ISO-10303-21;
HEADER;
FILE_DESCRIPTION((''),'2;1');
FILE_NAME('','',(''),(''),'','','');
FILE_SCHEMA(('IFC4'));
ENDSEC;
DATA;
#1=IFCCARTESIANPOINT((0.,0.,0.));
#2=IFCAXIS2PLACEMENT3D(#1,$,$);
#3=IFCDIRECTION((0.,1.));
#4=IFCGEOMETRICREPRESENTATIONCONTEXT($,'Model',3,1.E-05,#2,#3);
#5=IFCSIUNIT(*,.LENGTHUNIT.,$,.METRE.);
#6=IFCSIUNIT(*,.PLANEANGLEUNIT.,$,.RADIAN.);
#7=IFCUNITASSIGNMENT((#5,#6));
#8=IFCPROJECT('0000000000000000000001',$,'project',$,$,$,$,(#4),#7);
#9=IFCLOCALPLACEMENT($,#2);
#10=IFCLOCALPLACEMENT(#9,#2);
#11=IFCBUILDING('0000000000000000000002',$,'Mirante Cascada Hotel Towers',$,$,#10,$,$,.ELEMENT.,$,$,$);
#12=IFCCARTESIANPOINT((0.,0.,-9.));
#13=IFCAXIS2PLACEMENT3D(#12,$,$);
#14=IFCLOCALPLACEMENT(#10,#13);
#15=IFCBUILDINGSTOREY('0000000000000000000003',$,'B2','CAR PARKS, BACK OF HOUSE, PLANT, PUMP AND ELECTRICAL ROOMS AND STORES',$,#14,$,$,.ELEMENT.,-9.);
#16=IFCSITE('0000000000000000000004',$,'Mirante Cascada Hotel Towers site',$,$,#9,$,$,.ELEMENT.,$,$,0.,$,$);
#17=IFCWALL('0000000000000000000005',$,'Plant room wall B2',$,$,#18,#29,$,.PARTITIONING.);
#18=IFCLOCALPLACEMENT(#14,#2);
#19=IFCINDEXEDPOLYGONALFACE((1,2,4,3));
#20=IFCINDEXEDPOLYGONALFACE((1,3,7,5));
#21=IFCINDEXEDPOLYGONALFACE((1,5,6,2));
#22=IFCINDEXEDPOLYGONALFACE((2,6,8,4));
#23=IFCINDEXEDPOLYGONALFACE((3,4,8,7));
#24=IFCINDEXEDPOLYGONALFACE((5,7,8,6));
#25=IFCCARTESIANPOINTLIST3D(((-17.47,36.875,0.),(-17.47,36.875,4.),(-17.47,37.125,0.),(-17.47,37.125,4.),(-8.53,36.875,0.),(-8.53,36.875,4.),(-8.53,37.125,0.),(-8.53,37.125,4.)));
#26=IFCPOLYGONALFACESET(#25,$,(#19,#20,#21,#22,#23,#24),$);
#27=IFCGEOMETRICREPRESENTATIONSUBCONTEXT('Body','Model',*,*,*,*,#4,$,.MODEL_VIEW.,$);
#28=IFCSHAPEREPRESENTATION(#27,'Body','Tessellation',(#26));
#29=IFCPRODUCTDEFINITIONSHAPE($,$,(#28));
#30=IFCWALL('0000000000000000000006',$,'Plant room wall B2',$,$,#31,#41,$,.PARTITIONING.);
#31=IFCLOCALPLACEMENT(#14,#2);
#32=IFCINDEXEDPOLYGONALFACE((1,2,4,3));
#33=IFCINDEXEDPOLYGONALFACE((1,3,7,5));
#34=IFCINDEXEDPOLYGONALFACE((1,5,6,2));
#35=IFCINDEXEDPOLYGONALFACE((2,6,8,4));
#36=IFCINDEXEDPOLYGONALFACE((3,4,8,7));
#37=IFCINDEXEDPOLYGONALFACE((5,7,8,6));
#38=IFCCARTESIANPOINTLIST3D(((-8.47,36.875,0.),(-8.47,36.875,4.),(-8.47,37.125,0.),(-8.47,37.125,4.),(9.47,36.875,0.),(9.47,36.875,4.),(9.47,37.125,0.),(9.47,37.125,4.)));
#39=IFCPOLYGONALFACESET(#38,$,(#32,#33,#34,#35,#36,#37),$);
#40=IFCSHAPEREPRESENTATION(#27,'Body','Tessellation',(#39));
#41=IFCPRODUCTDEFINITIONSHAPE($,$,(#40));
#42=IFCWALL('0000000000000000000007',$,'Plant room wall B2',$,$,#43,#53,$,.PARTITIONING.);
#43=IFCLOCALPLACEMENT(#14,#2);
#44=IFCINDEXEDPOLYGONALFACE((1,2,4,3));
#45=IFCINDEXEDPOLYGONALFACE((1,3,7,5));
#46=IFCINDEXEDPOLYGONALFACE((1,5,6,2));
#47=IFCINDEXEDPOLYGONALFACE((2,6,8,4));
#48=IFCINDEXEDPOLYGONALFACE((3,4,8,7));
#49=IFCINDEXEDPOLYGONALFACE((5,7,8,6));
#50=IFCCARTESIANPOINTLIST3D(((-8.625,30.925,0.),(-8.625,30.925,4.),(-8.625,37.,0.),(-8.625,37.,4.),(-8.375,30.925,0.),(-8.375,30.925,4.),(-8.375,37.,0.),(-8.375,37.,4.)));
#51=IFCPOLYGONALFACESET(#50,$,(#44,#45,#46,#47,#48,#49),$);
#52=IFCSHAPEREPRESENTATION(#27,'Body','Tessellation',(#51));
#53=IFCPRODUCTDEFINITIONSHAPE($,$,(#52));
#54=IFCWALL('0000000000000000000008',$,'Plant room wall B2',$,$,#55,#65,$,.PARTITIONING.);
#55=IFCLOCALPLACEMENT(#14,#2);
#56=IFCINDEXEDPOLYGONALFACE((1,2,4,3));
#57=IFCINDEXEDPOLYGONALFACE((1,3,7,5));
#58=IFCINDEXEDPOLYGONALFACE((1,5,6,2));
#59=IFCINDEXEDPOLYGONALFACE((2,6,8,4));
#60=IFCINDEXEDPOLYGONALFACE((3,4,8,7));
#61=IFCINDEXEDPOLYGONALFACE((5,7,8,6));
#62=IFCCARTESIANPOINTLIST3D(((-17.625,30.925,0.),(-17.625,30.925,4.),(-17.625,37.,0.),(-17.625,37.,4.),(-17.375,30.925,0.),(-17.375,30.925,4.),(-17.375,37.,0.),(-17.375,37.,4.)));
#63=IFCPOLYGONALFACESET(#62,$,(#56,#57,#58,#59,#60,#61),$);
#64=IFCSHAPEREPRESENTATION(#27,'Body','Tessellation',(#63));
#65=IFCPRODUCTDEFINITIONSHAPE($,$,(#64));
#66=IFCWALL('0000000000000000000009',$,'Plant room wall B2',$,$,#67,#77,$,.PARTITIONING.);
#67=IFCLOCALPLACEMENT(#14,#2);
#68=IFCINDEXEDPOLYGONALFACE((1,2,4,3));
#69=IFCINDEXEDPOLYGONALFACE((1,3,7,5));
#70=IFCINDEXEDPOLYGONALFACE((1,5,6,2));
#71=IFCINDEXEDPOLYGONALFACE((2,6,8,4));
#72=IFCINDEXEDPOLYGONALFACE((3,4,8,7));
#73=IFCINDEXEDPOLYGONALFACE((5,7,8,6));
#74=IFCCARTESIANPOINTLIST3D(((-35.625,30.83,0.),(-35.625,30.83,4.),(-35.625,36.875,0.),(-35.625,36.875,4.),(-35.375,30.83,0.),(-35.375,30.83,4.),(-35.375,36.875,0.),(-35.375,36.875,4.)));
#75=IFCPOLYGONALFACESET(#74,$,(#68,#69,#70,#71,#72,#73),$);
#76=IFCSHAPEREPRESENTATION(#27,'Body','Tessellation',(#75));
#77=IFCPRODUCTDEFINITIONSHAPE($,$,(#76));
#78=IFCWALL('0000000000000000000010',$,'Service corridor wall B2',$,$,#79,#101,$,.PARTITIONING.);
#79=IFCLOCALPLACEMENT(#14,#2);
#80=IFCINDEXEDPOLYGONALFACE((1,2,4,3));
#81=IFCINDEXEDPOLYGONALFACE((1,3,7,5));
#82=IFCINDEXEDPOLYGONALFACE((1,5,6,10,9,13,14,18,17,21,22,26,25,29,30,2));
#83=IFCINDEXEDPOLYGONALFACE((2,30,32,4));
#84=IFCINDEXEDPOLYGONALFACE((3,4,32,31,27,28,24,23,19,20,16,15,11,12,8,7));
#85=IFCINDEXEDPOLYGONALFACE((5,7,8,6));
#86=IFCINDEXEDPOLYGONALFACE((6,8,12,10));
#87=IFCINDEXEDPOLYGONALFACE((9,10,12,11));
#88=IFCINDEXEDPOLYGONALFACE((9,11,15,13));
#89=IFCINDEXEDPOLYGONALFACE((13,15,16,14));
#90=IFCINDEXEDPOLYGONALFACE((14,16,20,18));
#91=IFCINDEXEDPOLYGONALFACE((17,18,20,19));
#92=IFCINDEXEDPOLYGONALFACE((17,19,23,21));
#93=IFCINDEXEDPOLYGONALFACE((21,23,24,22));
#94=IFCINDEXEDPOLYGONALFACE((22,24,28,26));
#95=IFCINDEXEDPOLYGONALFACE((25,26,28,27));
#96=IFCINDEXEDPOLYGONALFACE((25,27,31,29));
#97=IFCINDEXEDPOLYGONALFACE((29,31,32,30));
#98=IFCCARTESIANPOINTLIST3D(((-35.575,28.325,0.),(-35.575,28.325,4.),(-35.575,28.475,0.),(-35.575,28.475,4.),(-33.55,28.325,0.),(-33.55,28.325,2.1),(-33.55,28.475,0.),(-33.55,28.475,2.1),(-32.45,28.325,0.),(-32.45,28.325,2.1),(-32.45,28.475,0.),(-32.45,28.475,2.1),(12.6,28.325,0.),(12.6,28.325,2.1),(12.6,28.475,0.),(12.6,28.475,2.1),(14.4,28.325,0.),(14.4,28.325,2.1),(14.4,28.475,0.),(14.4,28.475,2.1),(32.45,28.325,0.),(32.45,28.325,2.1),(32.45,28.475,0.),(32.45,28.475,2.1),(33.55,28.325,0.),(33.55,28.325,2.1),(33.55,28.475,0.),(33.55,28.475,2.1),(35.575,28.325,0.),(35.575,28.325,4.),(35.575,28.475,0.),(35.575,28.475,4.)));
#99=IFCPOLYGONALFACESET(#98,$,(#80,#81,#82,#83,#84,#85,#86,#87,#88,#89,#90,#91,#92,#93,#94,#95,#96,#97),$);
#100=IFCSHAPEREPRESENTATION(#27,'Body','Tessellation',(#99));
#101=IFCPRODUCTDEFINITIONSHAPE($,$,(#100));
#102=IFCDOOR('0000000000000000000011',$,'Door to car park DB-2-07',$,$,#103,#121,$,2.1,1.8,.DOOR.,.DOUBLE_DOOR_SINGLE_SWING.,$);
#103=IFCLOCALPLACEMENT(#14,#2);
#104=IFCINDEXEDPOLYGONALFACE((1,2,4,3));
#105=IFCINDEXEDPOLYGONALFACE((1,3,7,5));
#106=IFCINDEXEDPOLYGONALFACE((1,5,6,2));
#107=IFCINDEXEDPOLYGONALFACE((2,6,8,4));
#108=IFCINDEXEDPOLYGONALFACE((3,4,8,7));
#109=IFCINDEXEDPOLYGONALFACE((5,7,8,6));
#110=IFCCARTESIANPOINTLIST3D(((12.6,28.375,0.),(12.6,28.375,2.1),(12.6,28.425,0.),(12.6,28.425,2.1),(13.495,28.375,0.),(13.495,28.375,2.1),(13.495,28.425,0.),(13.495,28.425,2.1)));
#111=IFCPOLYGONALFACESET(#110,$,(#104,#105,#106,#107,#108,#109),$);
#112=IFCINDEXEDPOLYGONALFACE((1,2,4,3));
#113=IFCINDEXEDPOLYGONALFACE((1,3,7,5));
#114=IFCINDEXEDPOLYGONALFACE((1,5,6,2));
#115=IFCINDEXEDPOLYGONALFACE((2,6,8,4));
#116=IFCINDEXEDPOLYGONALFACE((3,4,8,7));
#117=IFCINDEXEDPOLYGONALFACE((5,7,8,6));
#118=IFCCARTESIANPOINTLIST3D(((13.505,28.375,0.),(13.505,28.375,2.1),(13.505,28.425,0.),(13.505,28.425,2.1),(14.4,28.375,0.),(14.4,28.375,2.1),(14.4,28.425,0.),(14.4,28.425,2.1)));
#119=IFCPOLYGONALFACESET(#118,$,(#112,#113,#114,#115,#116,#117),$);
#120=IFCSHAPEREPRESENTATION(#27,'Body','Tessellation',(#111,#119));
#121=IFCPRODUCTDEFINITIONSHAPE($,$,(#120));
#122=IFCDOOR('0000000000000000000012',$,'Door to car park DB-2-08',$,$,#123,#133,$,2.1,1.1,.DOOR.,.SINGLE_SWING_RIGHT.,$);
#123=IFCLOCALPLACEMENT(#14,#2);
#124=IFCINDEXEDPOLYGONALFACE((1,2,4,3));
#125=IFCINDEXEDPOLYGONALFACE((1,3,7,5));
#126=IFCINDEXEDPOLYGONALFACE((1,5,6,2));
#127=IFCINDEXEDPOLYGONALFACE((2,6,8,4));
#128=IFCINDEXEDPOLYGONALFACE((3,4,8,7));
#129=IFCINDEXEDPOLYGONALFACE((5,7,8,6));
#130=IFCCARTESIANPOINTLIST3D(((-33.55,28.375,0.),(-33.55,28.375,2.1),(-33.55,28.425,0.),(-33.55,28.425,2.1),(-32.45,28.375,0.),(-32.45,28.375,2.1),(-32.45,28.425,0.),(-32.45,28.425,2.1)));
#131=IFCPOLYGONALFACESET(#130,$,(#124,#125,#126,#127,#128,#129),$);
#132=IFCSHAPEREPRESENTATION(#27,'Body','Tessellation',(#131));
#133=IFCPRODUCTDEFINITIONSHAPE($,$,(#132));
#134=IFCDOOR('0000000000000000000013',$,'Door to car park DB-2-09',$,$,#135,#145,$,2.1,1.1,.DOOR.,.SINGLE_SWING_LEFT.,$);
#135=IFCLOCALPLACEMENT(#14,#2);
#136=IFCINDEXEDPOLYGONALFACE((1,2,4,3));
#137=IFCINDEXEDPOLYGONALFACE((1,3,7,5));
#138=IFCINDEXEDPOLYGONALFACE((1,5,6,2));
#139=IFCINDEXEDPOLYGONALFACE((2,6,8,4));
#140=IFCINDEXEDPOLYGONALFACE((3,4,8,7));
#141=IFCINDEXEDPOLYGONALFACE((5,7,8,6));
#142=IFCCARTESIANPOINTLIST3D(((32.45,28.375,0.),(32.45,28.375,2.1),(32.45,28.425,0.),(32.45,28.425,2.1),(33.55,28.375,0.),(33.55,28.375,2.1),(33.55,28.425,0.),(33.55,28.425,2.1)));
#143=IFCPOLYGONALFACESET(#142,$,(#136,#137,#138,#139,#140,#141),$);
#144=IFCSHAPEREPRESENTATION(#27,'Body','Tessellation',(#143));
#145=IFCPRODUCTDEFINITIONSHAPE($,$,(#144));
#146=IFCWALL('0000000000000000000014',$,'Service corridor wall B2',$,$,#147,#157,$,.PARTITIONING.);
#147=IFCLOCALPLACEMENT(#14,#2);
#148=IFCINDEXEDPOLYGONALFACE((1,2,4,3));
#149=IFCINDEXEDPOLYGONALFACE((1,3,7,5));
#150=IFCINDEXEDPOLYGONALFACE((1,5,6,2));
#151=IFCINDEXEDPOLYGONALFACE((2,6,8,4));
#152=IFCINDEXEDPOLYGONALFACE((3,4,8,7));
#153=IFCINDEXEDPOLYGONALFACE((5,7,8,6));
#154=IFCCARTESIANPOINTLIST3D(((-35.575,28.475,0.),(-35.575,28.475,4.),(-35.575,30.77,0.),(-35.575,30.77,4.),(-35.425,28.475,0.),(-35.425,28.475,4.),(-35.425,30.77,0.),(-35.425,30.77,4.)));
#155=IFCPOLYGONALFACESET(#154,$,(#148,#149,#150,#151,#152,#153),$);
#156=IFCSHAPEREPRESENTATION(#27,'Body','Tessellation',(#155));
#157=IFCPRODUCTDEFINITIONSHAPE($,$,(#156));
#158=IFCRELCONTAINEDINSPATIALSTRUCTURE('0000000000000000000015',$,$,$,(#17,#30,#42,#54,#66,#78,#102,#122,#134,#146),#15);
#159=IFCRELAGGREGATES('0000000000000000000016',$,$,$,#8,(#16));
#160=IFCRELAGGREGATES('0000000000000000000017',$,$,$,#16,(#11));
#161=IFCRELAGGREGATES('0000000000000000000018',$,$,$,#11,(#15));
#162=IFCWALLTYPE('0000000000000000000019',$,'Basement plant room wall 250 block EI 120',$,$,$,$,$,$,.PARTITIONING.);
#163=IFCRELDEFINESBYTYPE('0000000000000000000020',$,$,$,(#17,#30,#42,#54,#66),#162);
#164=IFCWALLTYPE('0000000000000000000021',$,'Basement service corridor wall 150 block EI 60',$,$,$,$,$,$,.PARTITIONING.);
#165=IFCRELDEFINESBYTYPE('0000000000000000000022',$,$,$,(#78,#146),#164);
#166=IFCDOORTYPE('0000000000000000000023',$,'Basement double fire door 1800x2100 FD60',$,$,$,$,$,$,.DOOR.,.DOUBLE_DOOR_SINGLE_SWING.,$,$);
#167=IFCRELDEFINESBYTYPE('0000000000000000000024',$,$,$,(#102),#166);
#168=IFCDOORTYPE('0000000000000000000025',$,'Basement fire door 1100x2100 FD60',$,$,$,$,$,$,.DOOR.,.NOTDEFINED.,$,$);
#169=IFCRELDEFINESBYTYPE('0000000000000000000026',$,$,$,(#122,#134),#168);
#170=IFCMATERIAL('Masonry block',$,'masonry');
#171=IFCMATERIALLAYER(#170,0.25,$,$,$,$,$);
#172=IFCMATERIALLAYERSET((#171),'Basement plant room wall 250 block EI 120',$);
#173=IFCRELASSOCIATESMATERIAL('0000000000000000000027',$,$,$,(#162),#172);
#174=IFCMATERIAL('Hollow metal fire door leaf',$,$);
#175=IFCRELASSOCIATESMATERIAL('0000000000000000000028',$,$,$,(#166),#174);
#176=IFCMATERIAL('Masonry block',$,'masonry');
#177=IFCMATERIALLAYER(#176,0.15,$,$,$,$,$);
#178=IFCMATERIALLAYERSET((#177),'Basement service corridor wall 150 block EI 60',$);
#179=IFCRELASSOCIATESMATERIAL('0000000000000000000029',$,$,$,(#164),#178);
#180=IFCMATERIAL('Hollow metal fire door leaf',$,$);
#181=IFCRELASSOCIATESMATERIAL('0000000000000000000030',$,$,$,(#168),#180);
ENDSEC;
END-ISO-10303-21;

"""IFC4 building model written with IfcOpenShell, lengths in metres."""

from ifc_helpers import new_model, si_unit, direction, frame, frame_2d, origin, place, context, subcontext, project, spatial, rectangle, extrude, material, layer, layer_set, type_object, element, fill, save


model = new_model("IFC4")

# Units and contexts
model_context = context("Model", 3, precision=1e-05, world=origin(), true_north=direction((0.0, 1.0)))
body_context = subcontext(model_context, "Body", "Model", "MODEL_VIEW")
ifc_project = project(units=[si_unit("LENGTHUNIT", "METRE"), si_unit("PLANEANGLEUNIT", "RADIAN")], contexts=[model_context])

# Site, building, storey
site_placement = place(None, origin())
site = spatial("IfcSite", under=ifc_project, at=site_placement, Name="Mirante Cascada Hotel Towers site", CompositionType="ELEMENT", RefElevation=0.0)
building_placement = place(site_placement, origin())
building = spatial("IfcBuilding", under=site, at=building_placement, Name="Mirante Cascada Hotel Towers", CompositionType="ELEMENT")
storey_placement = place(building_placement, frame((0.0, 0.0, -9.0)))
storey = spatial("IfcBuildingStorey", under=building, at=storey_placement, Name="B2", Description="CAR PARKS, BACK OF HOUSE, PLANT, PUMP AND ELECTRICAL ROOMS AND STORES", CompositionType="ELEMENT", Elevation=-9.0)

# Shared definitions
ifc_material_1 = material(Name="Masonry block", Category="masonry")
ifc_layer_1 = layer(ifc_material_1, 0.25)
ifc_layer_set_1 = layer_set([ifc_layer_1], Name="Basement plant room wall 250 block EI 120")
wall_type_1 = type_object("IfcWallType", Name="Basement plant room wall 250 block EI 120", PredefinedType="PARTITIONING", material=ifc_layer_set_1)
ifc_material_2 = material(Name="Hollow metal fire door leaf")
door_type_1 = type_object("IfcDoorType", Name="Basement double fire door 1800x2100 FD60", OperationType="DOUBLE_DOOR_SINGLE_SWING", PredefinedType="DOOR", material=ifc_material_2)

# Walls
wall_1_placement = place(storey_placement, frame((-17.47, 37.0, 0.0), z_axis=(0.0, 0.0, 1.0), x_axis=(1.0, 0.0, 0.0)))
element("IfcWall", 1, at=wall_1_placement, inside=storey, type_object=wall_type_1, Name="Plant room wall B2", PredefinedType="PARTITIONING", context=body_context, shape_type="SweptSolid", body=[
    extrude(rectangle(XDim=8.94, YDim=0.25, at=frame_2d((4.47, 0.0))), origin(), (0.0, 0.0, 1.0), 4.0),
])
wall_2_placement = place(storey_placement, frame((-8.47, 37.0, 0.0), z_axis=(0.0, 0.0, 1.0), x_axis=(1.0, 0.0, 0.0)))
element("IfcWall", 2, at=wall_2_placement, inside=storey, type_object=wall_type_1, Name="Plant room wall B2", PredefinedType="PARTITIONING", context=body_context, shape_type="SweptSolid", body=[
    extrude(rectangle(XDim=17.94, YDim=0.25, at=frame_2d((8.97, 0.0))), origin(), (0.0, 0.0, 1.0), 4.0),
])
for number, where, z_axis, x_axis, name in (
    (3, (-8.5, 30.925, 0.0), (0.0, 0.0, 1.0), (0.0, 1.0, 0.0), "Plant room wall B2"),
    (4, (-17.5, 30.925, 0.0), (0.0, 0.0, 1.0), (0.0, 1.0, 0.0), "Plant room wall B2"),
):
    element("IfcWall", number, at=place(storey_placement, frame(where, z_axis=z_axis, x_axis=x_axis)), inside=storey, type_object=wall_type_1, Name=name, PredefinedType="PARTITIONING", context=body_context, shape_type="SweptSolid", body=[
        extrude(rectangle(XDim=6.075, YDim=0.25, at=frame_2d((3.0375, 0.0))), origin(), (0.0, 0.0, 1.0), 4.0),
    ])
wall_3_placement = place(storey_placement, frame((-35.5, 30.83, 0.0), z_axis=(0.0, 0.0, 1.0), x_axis=(0.0, 1.0, 0.0)))
element("IfcWall", 5, at=wall_3_placement, inside=storey, type_object=wall_type_1, Name="Plant room wall B2", PredefinedType="PARTITIONING", context=body_context, shape_type="SweptSolid", body=[
    extrude(rectangle(XDim=6.045, YDim=0.25, at=frame_2d((3.0225, 0.0))), origin(), (0.0, 0.0, 1.0), 4.0),
])

# Wall, openings, doors
ifc_material_3 = material(Name="Masonry block", Category="masonry")
ifc_layer_2 = layer(ifc_material_3, 0.15)
ifc_layer_set_2 = layer_set([ifc_layer_2], Name="Basement service corridor wall 150 block EI 60")
wall_type_2 = type_object("IfcWallType", Name="Basement service corridor wall 150 block EI 60", PredefinedType="PARTITIONING", material=ifc_layer_set_2)
wall_4_placement = place(storey_placement, frame((-35.575, 28.4, 0.0), z_axis=(0.0, 0.0, 1.0), x_axis=(1.0, 0.0, 0.0)))
wall_4 = element("IfcWall", 6, at=wall_4_placement, inside=storey, type_object=wall_type_2, Name="Service corridor wall B2", PredefinedType="PARTITIONING", context=body_context, shape_type="SweptSolid", body=[
    extrude(rectangle(XDim=71.15, YDim=0.15, at=frame_2d((35.575, 0.0))), origin(), (0.0, 0.0, 1.0), 4.0),
])
opening_1_placement = place(wall_4_placement, frame((48.175, 0.0, 0.0)))
opening_1 = element("IfcOpeningElement", 7, at=opening_1_placement, cuts=wall_4, PredefinedType="OPENING", context=body_context, shape_type="SweptSolid", body=[
    extrude(rectangle(XDim=1.8, YDim=2.1, at=frame_2d((0.9, 1.05))), frame((0.0, 0.075, 0.0), z_axis=(0.0, -1.0, 0.0), x_axis=(1.0, 0.0, 0.0)), (0.0, 0.0, 1.0), 0.15),
])
opening_2_placement = place(wall_4_placement, frame((2.025, 0.0, 0.0)))
opening_2 = element("IfcOpeningElement", 8, at=opening_2_placement, cuts=wall_4, PredefinedType="OPENING", context=body_context, shape_type="SweptSolid", body=[
    extrude(rectangle(XDim=1.1, YDim=2.1, at=frame_2d((0.55, 1.05))), frame((0.0, 0.075, 0.0), z_axis=(0.0, -1.0, 0.0), x_axis=(1.0, 0.0, 0.0)), (0.0, 0.0, 1.0), 0.15),
])
opening_3_placement = place(wall_4_placement, frame((68.025, 0.0, 0.0)))
opening_3 = element("IfcOpeningElement", 9, at=opening_3_placement, cuts=wall_4, PredefinedType="OPENING", context=body_context, shape_type="SweptSolid", body=[
    extrude(rectangle(XDim=1.1, YDim=2.1, at=frame_2d((0.55, 1.05))), frame((0.0, 0.075, 0.0), z_axis=(0.0, -1.0, 0.0), x_axis=(1.0, 0.0, 0.0)), (0.0, 0.0, 1.0), 0.15),
])
door_1_placement = place(opening_1_placement, origin())
door_1 = element("IfcDoor", 10, at=door_1_placement, inside=storey, type_object=door_type_1, Name="Door to car park DB-2-07", OperationType="DOUBLE_DOOR_SINGLE_SWING", OverallHeight=2.1, OverallWidth=1.8, PredefinedType="DOOR", context=body_context, shape_type="SweptSolid", body=[
    extrude(rectangle(XDim=0.895, YDim=2.1, at=frame_2d((0.4475, 1.05))), frame((0.0, 0.025, 0.0), z_axis=(0.0, -1.0, 0.0), x_axis=(1.0, 0.0, 0.0)), (0.0, 0.0, 1.0), 0.05),
    extrude(rectangle(XDim=0.895, YDim=2.1, at=frame_2d((1.3525, 1.05))), frame((0.0, 0.025, 0.0), z_axis=(0.0, -1.0, 0.0), x_axis=(1.0, 0.0, 0.0)), (0.0, 0.0, 1.0), 0.05),
])
fill(opening_1, door_1)
ifc_material_4 = material(Name="Hollow metal fire door leaf")
door_type_2 = type_object("IfcDoorType", Name="Basement fire door 1100x2100 FD60", OperationType="NOTDEFINED", PredefinedType="DOOR", material=ifc_material_4)
door_2_placement = place(opening_2_placement, origin())
door_2 = element("IfcDoor", 11, at=door_2_placement, inside=storey, type_object=door_type_2, Name="Door to car park DB-2-08", OperationType="SINGLE_SWING_RIGHT", OverallHeight=2.1, OverallWidth=1.1, PredefinedType="DOOR", context=body_context, shape_type="SweptSolid", body=[
    extrude(rectangle(XDim=1.1, YDim=2.1, at=frame_2d((0.55, 1.05))), frame((0.0, 0.025, 0.0), z_axis=(0.0, -1.0, 0.0), x_axis=(1.0, 0.0, 0.0)), (0.0, 0.0, 1.0), 0.05),
])
fill(opening_2, door_2)
door_3_placement = place(opening_3_placement, origin())
door_3 = element("IfcDoor", 12, at=door_3_placement, inside=storey, type_object=door_type_2, Name="Door to car park DB-2-09", OperationType="SINGLE_SWING_LEFT", OverallHeight=2.1, OverallWidth=1.1, PredefinedType="DOOR", context=body_context, shape_type="SweptSolid", body=[
    extrude(rectangle(XDim=1.1, YDim=2.1, at=frame_2d((0.55, 1.05))), frame((0.0, 0.025, 0.0), z_axis=(0.0, -1.0, 0.0), x_axis=(1.0, 0.0, 0.0)), (0.0, 0.0, 1.0), 0.05),
])
fill(opening_3, door_3)

# Wall
wall_5_placement = place(storey_placement, frame((-35.5, 28.475, 0.0), z_axis=(0.0, 0.0, 1.0), x_axis=(0.0, 1.0, 0.0)))
element("IfcWall", 13, at=wall_5_placement, inside=storey, type_object=wall_type_2, Name="Service corridor wall B2", PredefinedType="PARTITIONING", context=body_context, shape_type="SweptSolid", body=[
    extrude(rectangle(XDim=2.295, YDim=0.15, at=frame_2d((1.1475, 0.0))), origin(), (0.0, 0.0, 1.0), 4.0),
])

save(model, "model.ifc")
